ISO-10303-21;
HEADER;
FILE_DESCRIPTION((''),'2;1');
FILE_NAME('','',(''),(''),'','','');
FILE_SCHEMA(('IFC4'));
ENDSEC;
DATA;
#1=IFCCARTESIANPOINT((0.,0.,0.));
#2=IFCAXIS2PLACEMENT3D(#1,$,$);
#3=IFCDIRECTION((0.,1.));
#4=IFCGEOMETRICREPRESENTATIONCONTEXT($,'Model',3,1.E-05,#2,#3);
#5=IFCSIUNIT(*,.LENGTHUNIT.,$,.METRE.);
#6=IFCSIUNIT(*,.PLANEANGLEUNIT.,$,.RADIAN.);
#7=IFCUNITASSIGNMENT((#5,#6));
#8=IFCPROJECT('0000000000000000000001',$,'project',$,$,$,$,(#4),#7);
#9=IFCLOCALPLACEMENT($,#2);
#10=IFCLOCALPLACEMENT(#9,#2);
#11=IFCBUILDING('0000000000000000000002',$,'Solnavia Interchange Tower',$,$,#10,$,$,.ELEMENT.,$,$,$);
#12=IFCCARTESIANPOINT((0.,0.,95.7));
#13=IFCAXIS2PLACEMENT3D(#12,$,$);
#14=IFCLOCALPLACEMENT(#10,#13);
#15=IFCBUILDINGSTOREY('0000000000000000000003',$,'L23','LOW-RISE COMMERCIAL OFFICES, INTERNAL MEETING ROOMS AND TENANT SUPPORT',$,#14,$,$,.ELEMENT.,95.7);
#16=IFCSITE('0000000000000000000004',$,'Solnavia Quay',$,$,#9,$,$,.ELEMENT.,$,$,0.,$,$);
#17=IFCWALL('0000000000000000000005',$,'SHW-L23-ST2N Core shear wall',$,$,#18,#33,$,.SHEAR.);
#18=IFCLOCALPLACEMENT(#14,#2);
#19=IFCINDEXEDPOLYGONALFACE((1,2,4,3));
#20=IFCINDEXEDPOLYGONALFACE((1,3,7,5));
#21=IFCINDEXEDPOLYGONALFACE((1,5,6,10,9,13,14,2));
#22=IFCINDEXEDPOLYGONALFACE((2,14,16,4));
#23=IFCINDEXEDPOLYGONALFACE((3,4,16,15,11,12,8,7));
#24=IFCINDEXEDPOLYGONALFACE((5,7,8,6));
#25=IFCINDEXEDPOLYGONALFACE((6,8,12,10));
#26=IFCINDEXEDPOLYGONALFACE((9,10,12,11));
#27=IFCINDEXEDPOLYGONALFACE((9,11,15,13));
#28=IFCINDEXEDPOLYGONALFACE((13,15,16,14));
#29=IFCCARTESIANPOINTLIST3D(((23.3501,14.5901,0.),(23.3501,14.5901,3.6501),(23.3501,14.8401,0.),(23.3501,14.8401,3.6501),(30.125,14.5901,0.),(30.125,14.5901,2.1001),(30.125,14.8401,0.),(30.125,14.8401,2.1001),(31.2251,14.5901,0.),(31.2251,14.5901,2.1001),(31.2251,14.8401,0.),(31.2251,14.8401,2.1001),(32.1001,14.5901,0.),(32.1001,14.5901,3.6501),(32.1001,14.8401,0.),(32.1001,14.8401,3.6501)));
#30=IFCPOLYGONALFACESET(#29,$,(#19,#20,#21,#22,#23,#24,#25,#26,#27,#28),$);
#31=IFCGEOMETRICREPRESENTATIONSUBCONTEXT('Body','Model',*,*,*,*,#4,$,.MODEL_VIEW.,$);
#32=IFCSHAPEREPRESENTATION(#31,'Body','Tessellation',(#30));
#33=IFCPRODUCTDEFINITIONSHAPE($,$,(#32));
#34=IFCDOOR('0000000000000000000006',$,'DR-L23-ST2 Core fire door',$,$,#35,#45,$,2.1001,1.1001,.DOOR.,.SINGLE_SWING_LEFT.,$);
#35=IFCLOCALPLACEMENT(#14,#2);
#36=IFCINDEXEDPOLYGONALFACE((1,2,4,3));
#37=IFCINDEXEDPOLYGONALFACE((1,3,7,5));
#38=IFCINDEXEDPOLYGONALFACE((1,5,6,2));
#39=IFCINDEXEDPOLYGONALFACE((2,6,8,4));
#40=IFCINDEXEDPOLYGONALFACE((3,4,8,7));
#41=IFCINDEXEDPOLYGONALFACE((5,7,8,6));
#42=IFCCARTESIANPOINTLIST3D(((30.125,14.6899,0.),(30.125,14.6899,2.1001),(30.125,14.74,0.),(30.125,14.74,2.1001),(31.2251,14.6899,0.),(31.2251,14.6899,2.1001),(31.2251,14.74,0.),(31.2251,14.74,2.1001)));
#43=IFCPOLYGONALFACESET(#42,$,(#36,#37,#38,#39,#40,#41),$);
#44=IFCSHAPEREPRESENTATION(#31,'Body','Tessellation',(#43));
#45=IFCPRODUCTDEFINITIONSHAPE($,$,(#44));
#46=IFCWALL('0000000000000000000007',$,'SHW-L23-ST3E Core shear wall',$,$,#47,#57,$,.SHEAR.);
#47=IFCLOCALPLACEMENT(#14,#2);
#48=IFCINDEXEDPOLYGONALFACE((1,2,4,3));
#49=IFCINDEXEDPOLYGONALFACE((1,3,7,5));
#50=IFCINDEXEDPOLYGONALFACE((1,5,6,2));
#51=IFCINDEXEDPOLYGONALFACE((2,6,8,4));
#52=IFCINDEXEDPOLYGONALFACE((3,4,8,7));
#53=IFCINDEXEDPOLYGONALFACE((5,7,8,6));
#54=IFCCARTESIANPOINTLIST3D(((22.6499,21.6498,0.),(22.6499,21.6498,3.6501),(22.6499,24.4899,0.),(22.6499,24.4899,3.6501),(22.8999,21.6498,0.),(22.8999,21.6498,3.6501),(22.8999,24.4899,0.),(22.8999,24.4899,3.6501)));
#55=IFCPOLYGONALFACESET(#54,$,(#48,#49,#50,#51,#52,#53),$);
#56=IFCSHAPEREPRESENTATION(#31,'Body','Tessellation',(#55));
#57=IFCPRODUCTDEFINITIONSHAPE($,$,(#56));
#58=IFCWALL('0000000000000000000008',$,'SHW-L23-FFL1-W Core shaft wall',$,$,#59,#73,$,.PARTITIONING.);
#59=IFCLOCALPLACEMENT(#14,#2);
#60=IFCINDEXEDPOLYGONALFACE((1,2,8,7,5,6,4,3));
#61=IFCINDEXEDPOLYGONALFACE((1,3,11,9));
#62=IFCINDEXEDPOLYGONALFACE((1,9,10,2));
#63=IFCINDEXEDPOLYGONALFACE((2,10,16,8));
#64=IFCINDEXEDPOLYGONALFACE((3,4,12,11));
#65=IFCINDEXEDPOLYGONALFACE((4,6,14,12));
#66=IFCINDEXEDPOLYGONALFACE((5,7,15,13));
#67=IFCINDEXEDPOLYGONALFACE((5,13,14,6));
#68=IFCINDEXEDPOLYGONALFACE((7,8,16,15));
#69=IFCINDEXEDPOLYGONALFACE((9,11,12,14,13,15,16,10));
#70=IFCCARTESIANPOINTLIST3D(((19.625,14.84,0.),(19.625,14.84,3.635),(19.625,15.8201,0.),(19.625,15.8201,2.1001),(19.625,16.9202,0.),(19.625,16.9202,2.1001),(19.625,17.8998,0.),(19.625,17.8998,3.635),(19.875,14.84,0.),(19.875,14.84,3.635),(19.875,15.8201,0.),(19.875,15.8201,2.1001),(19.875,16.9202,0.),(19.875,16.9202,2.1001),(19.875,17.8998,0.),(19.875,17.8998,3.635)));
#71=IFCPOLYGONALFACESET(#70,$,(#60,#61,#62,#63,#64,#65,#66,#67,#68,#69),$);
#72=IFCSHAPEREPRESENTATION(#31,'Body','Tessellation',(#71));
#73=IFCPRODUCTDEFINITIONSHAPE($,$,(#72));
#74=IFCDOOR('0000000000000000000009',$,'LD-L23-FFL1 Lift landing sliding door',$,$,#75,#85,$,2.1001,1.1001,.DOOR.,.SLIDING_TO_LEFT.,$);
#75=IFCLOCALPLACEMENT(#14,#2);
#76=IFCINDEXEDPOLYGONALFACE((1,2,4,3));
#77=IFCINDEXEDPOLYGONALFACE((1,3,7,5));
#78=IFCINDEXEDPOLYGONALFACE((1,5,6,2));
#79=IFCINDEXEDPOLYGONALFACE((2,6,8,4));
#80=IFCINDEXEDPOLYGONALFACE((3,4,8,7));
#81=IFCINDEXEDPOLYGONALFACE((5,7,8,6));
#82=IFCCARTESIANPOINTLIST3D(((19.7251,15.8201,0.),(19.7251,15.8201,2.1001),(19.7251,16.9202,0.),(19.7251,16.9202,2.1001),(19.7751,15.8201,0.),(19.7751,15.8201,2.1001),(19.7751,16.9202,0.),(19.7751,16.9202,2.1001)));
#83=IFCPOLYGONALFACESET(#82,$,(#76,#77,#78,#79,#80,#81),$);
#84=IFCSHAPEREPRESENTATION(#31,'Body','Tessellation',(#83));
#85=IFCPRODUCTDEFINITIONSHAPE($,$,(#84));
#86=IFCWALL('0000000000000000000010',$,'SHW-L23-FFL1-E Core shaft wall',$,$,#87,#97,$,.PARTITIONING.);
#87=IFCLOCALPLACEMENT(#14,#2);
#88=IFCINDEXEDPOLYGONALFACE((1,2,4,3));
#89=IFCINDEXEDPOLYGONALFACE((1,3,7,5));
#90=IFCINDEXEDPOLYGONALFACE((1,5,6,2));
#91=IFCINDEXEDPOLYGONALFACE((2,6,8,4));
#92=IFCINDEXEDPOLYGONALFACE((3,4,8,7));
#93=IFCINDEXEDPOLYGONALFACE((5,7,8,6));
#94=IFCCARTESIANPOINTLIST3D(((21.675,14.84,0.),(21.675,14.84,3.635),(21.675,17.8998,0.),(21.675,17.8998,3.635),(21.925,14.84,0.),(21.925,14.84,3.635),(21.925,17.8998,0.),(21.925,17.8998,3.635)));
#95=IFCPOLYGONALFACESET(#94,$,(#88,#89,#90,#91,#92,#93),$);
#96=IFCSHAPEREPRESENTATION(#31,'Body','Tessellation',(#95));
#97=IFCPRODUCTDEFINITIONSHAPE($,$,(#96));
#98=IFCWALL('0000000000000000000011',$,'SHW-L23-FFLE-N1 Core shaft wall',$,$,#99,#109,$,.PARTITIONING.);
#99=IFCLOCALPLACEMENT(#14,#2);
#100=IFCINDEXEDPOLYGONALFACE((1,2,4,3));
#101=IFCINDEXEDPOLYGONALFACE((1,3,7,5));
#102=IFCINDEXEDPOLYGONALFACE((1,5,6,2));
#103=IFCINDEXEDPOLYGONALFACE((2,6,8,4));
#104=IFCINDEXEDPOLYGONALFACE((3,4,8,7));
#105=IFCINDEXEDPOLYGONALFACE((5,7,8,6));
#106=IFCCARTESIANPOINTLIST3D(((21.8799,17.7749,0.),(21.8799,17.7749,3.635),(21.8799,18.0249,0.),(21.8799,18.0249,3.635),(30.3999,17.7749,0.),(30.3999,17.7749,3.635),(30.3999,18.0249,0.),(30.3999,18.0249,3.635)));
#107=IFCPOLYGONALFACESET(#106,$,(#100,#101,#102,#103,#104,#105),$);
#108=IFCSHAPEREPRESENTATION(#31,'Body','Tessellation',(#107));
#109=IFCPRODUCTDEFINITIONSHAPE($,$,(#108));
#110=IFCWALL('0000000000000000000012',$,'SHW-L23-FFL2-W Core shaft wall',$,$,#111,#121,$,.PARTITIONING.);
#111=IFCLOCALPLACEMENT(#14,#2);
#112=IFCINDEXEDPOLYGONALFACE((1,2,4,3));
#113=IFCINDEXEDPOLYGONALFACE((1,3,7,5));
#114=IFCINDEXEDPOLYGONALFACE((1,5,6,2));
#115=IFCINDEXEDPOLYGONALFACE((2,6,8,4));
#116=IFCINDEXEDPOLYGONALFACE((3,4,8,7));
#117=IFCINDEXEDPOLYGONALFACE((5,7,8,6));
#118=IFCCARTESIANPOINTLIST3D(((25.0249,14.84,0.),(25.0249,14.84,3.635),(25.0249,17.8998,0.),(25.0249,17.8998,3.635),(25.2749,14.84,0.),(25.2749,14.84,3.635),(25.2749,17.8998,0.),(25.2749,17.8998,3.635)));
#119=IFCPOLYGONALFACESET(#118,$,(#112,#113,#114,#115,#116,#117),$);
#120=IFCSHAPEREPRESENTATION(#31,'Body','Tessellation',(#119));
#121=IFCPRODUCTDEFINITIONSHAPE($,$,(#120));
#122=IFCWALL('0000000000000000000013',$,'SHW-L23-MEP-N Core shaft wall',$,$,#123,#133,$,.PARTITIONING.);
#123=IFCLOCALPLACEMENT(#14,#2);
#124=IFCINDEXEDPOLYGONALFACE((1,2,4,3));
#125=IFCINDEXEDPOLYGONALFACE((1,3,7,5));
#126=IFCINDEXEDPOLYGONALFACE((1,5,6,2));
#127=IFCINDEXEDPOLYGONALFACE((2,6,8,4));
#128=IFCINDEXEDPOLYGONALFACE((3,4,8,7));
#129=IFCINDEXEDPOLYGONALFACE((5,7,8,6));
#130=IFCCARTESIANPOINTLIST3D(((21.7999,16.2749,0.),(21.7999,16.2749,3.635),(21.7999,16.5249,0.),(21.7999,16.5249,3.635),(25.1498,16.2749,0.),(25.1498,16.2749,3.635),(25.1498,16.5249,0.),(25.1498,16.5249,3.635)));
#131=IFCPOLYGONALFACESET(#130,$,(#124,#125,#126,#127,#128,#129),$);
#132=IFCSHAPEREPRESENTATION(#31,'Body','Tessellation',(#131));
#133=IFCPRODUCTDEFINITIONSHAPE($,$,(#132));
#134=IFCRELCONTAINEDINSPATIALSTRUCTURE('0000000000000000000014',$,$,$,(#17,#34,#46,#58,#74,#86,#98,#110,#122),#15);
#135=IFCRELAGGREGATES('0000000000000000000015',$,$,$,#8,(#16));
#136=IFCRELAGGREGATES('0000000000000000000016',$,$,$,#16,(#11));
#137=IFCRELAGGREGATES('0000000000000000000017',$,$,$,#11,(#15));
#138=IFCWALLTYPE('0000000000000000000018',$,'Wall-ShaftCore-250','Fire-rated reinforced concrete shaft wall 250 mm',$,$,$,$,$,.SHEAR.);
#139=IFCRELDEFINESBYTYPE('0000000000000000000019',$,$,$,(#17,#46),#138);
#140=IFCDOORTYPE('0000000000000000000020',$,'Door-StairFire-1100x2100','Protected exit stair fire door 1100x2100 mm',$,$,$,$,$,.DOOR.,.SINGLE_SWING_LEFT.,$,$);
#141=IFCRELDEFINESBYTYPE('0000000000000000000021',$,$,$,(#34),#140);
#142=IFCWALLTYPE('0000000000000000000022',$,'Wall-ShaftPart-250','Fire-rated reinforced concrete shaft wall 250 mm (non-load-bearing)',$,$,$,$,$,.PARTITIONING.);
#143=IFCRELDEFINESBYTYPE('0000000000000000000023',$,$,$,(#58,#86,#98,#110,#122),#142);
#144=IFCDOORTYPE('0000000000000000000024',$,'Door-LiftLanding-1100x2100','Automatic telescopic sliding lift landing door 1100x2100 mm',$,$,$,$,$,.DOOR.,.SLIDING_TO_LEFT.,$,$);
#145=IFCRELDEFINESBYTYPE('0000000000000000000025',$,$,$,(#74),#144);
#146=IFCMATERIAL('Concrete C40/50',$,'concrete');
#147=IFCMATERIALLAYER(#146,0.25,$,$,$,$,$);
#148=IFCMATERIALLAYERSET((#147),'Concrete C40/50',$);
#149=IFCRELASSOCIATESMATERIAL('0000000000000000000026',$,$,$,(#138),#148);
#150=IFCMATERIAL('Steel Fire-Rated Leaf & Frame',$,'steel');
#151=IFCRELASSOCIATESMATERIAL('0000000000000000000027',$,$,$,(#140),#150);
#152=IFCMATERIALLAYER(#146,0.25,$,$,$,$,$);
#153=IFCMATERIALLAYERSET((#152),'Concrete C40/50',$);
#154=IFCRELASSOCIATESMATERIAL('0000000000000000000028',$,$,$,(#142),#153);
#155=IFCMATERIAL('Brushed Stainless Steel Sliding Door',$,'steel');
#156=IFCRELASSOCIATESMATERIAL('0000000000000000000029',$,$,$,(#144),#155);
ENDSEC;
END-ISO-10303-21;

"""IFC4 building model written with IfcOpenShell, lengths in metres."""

from ifc_helpers import new_model, si_unit, direction, frame, frame_2d, origin, place, context, subcontext, project, spatial, rectangle, extrude, material, layer, layer_set, type_object, element, fill, save


model = new_model("IFC4")

# Units and contexts
model_context = context("Model", 3, precision=1e-05, world=origin(), true_north=direction((0.0, 1.0)))
body_context = subcontext(model_context, "Body", "Model", "MODEL_VIEW")
ifc_project = project(units=[si_unit("LENGTHUNIT", "METRE"), si_unit("PLANEANGLEUNIT", "RADIAN")], contexts=[model_context])

# Site, building, storey
site_placement = place(None, origin())
site = spatial("IfcSite", under=ifc_project, at=site_placement, Name="Solnavia Quay", CompositionType="ELEMENT", RefElevation=0.0)
building_placement = place(site_placement, origin())
building = spatial("IfcBuilding", under=site, at=building_placement, Name="Solnavia Interchange Tower", CompositionType="ELEMENT")
storey_placement = place(building_placement, frame((0.0, 0.0, 95.7)))
storey = spatial("IfcBuildingStorey", under=building, at=storey_placement, Name="L23", Description="LOW-RISE COMMERCIAL OFFICES, INTERNAL MEETING ROOMS AND TENANT SUPPORT", CompositionType="ELEMENT", Elevation=95.7)

# Wall, opening, door
ifc_material_1 = material(Name="Concrete C40/50", Category="concrete")
ifc_layer_1 = layer(ifc_material_1, 0.25)
ifc_layer_set_1 = layer_set([ifc_layer_1], Name="Concrete C40/50")
wall_type_1 = type_object("IfcWallType", Name="Wall-ShaftCore-250", Description="Fire-rated reinforced concrete shaft wall 250 mm", PredefinedType="SHEAR", material=ifc_layer_set_1)
wall_1_placement = place(storey_placement, frame((23.3501, 14.7151, 0.0), z_axis=(0.0, 0.0, 1.0), x_axis=(1.0, 0.0, 0.0)))
wall_1 = element("IfcWall", 1, at=wall_1_placement, inside=storey, type_object=wall_type_1, Name="SHW-L23-ST2N Core shear wall", PredefinedType="SHEAR", context=body_context, shape_type="SweptSolid", body=[
    extrude(rectangle(XDim=8.75, YDim=0.25, at=frame_2d((4.375, 0.0))), origin(), (0.0, 0.0, 1.0), 3.6501),
])
opening_1_placement = place(wall_1_placement, frame((6.7749, 0.0, 0.0)))
opening_1 = element("IfcOpeningElement", 2, at=opening_1_placement, cuts=wall_1, PredefinedType="OPENING", context=body_context, shape_type="SweptSolid", body=[
    extrude(rectangle(XDim=1.1001, YDim=2.1001, at=frame_2d((0.55, 1.05))), frame((0.0, 0.135, 0.0), z_axis=(0.0, -1.0, 0.0), x_axis=(1.0, 0.0, 0.0)), (0.0, 0.0, 1.0), 0.27),
])
ifc_material_2 = material(Name="Steel Fire-Rated Leaf & Frame", Category="steel")
door_type_1 = type_object("IfcDoorType", Name="Door-StairFire-1100x2100", Description="Protected exit stair fire door 1100x2100 mm", OperationType="SINGLE_SWING_LEFT", PredefinedType="DOOR", material=ifc_material_2)
door_1_placement = place(opening_1_placement, origin())
door_1 = element("IfcDoor", 3, at=door_1_placement, inside=storey, type_object=door_type_1, Name="DR-L23-ST2 Core fire door", OperationType="SINGLE_SWING_LEFT", OverallHeight=2.1001, OverallWidth=1.1001, PredefinedType="DOOR", context=body_context, shape_type="SweptSolid", body=[
    extrude(rectangle(XDim=1.1001, YDim=2.1001, at=frame_2d((0.55, 1.05))), frame((0.0, 0.0249, 0.0), z_axis=(0.0, -1.0, 0.0), x_axis=(1.0, 0.0, 0.0)), (0.0, 0.0, 1.0), 0.05),
])
fill(opening_1, door_1)

# Wall
wall_2_placement = place(storey_placement, frame((22.7749, 21.6499, 0.0), z_axis=(0.0, 0.0, 1.0), x_axis=(0.0, 1.0, 0.0)))
element("IfcWall", 4, at=wall_2_placement, inside=storey, type_object=wall_type_1, Name="SHW-L23-ST3E Core shear wall", PredefinedType="SHEAR", context=body_context, shape_type="SweptSolid", body=[
    extrude(rectangle(XDim=2.8401, YDim=0.25, at=frame_2d((1.4199, 0.0))), origin(), (0.0, 0.0, 1.0), 3.6501),
])

# Wall, opening, door
ifc_layer_2 = layer(ifc_material_1, 0.25)
ifc_layer_set_2 = layer_set([ifc_layer_2], Name="Concrete C40/50")
wall_type_2 = type_object("IfcWallType", Name="Wall-ShaftPart-250", Description="Fire-rated reinforced concrete shaft wall 250 mm (non-load-bearing)", PredefinedType="PARTITIONING", material=ifc_layer_set_2)
wall_3_placement = place(storey_placement, frame((19.75, 14.8401, 0.0), z_axis=(0.0, 0.0, 1.0), x_axis=(0.0, 1.0, 0.0)))
wall_3 = element("IfcWall", 5, at=wall_3_placement, inside=storey, type_object=wall_type_2, Name="SHW-L23-FFL1-W Core shaft wall", PredefinedType="PARTITIONING", context=body_context, shape_type="SweptSolid", body=[
    extrude(rectangle(XDim=3.0598, YDim=0.25, at=frame_2d((1.5298, 0.0))), origin(), (0.0, 0.0, 1.0), 3.635),
])
opening_2_placement = place(wall_3_placement, frame((0.98, 0.0, 0.0)))
opening_2 = element("IfcOpeningElement", 6, at=opening_2_placement, cuts=wall_3, PredefinedType="OPENING", context=body_context, shape_type="SweptSolid", body=[
    extrude(rectangle(XDim=1.1001, YDim=2.1001, at=frame_2d((0.55, 1.05))), frame((0.0, 0.135, 0.0), z_axis=(0.0, -1.0, 0.0), x_axis=(1.0, 0.0, 0.0)), (0.0, 0.0, 1.0), 0.27),
])
ifc_material_3 = material(Name="Brushed Stainless Steel Sliding Door", Category="steel")
door_type_2 = type_object("IfcDoorType", Name="Door-LiftLanding-1100x2100", Description="Automatic telescopic sliding lift landing door 1100x2100 mm", OperationType="SLIDING_TO_LEFT", PredefinedType="DOOR", material=ifc_material_3)
door_2_placement = place(opening_2_placement, origin())
door_2 = element("IfcDoor", 7, at=door_2_placement, inside=storey, type_object=door_type_2, Name="LD-L23-FFL1 Lift landing sliding door", OperationType="SLIDING_TO_LEFT", OverallHeight=2.1001, OverallWidth=1.1001, PredefinedType="DOOR", context=body_context, shape_type="SweptSolid", body=[
    extrude(rectangle(XDim=1.1001, YDim=2.1001, at=frame_2d((0.55, 1.05))), frame((0.0, 0.0249, 0.0), z_axis=(0.0, -1.0, 0.0), x_axis=(1.0, 0.0, 0.0)), (0.0, 0.0, 1.0), 0.05),
])
fill(opening_2, door_2)

# Walls
wall_4_placement = place(storey_placement, frame((21.8, 14.8401, 0.0), z_axis=(0.0, 0.0, 1.0), x_axis=(0.0, 1.0, 0.0)))
element("IfcWall", 8, at=wall_4_placement, inside=storey, type_object=wall_type_2, Name="SHW-L23-FFL1-E Core shaft wall", PredefinedType="PARTITIONING", context=body_context, shape_type="SweptSolid", body=[
    extrude(rectangle(XDim=3.0598, YDim=0.25, at=frame_2d((1.5298, 0.0))), origin(), (0.0, 0.0, 1.0), 3.635),
])
wall_5_placement = place(storey_placement, frame((21.8799, 17.8999, 0.0), z_axis=(0.0, 0.0, 1.0), x_axis=(1.0, 0.0, 0.0)))
element("IfcWall", 9, at=wall_5_placement, inside=storey, type_object=wall_type_2, Name="SHW-L23-FFLE-N1 Core shaft wall", PredefinedType="PARTITIONING", context=body_context, shape_type="SweptSolid", body=[
    extrude(rectangle(XDim=8.52, YDim=0.25, at=frame_2d((4.26, 0.0))), origin(), (0.0, 0.0, 1.0), 3.635),
])
wall_6_placement = place(storey_placement, frame((25.1499, 14.8401, 0.0), z_axis=(0.0, 0.0, 1.0), x_axis=(0.0, 1.0, 0.0)))
element("IfcWall", 10, at=wall_6_placement, inside=storey, type_object=wall_type_2, Name="SHW-L23-FFL2-W Core shaft wall", PredefinedType="PARTITIONING", context=body_context, shape_type="SweptSolid", body=[
    extrude(rectangle(XDim=3.0598, YDim=0.25, at=frame_2d((1.5298, 0.0))), origin(), (0.0, 0.0, 1.0), 3.635),
])
wall_7_placement = place(storey_placement, frame((21.8, 16.3999, 0.0), z_axis=(0.0, 0.0, 1.0), x_axis=(1.0, 0.0, 0.0)))
element("IfcWall", 11, at=wall_7_placement, inside=storey, type_object=wall_type_2, Name="SHW-L23-MEP-N Core shaft wall", PredefinedType="PARTITIONING", context=body_context, shape_type="SweptSolid", body=[
    extrude(rectangle(XDim=3.3499, YDim=0.25, at=frame_2d((1.6748, 0.0))), origin(), (0.0, 0.0, 1.0), 3.635),
])

save(model, "model.ifc")
